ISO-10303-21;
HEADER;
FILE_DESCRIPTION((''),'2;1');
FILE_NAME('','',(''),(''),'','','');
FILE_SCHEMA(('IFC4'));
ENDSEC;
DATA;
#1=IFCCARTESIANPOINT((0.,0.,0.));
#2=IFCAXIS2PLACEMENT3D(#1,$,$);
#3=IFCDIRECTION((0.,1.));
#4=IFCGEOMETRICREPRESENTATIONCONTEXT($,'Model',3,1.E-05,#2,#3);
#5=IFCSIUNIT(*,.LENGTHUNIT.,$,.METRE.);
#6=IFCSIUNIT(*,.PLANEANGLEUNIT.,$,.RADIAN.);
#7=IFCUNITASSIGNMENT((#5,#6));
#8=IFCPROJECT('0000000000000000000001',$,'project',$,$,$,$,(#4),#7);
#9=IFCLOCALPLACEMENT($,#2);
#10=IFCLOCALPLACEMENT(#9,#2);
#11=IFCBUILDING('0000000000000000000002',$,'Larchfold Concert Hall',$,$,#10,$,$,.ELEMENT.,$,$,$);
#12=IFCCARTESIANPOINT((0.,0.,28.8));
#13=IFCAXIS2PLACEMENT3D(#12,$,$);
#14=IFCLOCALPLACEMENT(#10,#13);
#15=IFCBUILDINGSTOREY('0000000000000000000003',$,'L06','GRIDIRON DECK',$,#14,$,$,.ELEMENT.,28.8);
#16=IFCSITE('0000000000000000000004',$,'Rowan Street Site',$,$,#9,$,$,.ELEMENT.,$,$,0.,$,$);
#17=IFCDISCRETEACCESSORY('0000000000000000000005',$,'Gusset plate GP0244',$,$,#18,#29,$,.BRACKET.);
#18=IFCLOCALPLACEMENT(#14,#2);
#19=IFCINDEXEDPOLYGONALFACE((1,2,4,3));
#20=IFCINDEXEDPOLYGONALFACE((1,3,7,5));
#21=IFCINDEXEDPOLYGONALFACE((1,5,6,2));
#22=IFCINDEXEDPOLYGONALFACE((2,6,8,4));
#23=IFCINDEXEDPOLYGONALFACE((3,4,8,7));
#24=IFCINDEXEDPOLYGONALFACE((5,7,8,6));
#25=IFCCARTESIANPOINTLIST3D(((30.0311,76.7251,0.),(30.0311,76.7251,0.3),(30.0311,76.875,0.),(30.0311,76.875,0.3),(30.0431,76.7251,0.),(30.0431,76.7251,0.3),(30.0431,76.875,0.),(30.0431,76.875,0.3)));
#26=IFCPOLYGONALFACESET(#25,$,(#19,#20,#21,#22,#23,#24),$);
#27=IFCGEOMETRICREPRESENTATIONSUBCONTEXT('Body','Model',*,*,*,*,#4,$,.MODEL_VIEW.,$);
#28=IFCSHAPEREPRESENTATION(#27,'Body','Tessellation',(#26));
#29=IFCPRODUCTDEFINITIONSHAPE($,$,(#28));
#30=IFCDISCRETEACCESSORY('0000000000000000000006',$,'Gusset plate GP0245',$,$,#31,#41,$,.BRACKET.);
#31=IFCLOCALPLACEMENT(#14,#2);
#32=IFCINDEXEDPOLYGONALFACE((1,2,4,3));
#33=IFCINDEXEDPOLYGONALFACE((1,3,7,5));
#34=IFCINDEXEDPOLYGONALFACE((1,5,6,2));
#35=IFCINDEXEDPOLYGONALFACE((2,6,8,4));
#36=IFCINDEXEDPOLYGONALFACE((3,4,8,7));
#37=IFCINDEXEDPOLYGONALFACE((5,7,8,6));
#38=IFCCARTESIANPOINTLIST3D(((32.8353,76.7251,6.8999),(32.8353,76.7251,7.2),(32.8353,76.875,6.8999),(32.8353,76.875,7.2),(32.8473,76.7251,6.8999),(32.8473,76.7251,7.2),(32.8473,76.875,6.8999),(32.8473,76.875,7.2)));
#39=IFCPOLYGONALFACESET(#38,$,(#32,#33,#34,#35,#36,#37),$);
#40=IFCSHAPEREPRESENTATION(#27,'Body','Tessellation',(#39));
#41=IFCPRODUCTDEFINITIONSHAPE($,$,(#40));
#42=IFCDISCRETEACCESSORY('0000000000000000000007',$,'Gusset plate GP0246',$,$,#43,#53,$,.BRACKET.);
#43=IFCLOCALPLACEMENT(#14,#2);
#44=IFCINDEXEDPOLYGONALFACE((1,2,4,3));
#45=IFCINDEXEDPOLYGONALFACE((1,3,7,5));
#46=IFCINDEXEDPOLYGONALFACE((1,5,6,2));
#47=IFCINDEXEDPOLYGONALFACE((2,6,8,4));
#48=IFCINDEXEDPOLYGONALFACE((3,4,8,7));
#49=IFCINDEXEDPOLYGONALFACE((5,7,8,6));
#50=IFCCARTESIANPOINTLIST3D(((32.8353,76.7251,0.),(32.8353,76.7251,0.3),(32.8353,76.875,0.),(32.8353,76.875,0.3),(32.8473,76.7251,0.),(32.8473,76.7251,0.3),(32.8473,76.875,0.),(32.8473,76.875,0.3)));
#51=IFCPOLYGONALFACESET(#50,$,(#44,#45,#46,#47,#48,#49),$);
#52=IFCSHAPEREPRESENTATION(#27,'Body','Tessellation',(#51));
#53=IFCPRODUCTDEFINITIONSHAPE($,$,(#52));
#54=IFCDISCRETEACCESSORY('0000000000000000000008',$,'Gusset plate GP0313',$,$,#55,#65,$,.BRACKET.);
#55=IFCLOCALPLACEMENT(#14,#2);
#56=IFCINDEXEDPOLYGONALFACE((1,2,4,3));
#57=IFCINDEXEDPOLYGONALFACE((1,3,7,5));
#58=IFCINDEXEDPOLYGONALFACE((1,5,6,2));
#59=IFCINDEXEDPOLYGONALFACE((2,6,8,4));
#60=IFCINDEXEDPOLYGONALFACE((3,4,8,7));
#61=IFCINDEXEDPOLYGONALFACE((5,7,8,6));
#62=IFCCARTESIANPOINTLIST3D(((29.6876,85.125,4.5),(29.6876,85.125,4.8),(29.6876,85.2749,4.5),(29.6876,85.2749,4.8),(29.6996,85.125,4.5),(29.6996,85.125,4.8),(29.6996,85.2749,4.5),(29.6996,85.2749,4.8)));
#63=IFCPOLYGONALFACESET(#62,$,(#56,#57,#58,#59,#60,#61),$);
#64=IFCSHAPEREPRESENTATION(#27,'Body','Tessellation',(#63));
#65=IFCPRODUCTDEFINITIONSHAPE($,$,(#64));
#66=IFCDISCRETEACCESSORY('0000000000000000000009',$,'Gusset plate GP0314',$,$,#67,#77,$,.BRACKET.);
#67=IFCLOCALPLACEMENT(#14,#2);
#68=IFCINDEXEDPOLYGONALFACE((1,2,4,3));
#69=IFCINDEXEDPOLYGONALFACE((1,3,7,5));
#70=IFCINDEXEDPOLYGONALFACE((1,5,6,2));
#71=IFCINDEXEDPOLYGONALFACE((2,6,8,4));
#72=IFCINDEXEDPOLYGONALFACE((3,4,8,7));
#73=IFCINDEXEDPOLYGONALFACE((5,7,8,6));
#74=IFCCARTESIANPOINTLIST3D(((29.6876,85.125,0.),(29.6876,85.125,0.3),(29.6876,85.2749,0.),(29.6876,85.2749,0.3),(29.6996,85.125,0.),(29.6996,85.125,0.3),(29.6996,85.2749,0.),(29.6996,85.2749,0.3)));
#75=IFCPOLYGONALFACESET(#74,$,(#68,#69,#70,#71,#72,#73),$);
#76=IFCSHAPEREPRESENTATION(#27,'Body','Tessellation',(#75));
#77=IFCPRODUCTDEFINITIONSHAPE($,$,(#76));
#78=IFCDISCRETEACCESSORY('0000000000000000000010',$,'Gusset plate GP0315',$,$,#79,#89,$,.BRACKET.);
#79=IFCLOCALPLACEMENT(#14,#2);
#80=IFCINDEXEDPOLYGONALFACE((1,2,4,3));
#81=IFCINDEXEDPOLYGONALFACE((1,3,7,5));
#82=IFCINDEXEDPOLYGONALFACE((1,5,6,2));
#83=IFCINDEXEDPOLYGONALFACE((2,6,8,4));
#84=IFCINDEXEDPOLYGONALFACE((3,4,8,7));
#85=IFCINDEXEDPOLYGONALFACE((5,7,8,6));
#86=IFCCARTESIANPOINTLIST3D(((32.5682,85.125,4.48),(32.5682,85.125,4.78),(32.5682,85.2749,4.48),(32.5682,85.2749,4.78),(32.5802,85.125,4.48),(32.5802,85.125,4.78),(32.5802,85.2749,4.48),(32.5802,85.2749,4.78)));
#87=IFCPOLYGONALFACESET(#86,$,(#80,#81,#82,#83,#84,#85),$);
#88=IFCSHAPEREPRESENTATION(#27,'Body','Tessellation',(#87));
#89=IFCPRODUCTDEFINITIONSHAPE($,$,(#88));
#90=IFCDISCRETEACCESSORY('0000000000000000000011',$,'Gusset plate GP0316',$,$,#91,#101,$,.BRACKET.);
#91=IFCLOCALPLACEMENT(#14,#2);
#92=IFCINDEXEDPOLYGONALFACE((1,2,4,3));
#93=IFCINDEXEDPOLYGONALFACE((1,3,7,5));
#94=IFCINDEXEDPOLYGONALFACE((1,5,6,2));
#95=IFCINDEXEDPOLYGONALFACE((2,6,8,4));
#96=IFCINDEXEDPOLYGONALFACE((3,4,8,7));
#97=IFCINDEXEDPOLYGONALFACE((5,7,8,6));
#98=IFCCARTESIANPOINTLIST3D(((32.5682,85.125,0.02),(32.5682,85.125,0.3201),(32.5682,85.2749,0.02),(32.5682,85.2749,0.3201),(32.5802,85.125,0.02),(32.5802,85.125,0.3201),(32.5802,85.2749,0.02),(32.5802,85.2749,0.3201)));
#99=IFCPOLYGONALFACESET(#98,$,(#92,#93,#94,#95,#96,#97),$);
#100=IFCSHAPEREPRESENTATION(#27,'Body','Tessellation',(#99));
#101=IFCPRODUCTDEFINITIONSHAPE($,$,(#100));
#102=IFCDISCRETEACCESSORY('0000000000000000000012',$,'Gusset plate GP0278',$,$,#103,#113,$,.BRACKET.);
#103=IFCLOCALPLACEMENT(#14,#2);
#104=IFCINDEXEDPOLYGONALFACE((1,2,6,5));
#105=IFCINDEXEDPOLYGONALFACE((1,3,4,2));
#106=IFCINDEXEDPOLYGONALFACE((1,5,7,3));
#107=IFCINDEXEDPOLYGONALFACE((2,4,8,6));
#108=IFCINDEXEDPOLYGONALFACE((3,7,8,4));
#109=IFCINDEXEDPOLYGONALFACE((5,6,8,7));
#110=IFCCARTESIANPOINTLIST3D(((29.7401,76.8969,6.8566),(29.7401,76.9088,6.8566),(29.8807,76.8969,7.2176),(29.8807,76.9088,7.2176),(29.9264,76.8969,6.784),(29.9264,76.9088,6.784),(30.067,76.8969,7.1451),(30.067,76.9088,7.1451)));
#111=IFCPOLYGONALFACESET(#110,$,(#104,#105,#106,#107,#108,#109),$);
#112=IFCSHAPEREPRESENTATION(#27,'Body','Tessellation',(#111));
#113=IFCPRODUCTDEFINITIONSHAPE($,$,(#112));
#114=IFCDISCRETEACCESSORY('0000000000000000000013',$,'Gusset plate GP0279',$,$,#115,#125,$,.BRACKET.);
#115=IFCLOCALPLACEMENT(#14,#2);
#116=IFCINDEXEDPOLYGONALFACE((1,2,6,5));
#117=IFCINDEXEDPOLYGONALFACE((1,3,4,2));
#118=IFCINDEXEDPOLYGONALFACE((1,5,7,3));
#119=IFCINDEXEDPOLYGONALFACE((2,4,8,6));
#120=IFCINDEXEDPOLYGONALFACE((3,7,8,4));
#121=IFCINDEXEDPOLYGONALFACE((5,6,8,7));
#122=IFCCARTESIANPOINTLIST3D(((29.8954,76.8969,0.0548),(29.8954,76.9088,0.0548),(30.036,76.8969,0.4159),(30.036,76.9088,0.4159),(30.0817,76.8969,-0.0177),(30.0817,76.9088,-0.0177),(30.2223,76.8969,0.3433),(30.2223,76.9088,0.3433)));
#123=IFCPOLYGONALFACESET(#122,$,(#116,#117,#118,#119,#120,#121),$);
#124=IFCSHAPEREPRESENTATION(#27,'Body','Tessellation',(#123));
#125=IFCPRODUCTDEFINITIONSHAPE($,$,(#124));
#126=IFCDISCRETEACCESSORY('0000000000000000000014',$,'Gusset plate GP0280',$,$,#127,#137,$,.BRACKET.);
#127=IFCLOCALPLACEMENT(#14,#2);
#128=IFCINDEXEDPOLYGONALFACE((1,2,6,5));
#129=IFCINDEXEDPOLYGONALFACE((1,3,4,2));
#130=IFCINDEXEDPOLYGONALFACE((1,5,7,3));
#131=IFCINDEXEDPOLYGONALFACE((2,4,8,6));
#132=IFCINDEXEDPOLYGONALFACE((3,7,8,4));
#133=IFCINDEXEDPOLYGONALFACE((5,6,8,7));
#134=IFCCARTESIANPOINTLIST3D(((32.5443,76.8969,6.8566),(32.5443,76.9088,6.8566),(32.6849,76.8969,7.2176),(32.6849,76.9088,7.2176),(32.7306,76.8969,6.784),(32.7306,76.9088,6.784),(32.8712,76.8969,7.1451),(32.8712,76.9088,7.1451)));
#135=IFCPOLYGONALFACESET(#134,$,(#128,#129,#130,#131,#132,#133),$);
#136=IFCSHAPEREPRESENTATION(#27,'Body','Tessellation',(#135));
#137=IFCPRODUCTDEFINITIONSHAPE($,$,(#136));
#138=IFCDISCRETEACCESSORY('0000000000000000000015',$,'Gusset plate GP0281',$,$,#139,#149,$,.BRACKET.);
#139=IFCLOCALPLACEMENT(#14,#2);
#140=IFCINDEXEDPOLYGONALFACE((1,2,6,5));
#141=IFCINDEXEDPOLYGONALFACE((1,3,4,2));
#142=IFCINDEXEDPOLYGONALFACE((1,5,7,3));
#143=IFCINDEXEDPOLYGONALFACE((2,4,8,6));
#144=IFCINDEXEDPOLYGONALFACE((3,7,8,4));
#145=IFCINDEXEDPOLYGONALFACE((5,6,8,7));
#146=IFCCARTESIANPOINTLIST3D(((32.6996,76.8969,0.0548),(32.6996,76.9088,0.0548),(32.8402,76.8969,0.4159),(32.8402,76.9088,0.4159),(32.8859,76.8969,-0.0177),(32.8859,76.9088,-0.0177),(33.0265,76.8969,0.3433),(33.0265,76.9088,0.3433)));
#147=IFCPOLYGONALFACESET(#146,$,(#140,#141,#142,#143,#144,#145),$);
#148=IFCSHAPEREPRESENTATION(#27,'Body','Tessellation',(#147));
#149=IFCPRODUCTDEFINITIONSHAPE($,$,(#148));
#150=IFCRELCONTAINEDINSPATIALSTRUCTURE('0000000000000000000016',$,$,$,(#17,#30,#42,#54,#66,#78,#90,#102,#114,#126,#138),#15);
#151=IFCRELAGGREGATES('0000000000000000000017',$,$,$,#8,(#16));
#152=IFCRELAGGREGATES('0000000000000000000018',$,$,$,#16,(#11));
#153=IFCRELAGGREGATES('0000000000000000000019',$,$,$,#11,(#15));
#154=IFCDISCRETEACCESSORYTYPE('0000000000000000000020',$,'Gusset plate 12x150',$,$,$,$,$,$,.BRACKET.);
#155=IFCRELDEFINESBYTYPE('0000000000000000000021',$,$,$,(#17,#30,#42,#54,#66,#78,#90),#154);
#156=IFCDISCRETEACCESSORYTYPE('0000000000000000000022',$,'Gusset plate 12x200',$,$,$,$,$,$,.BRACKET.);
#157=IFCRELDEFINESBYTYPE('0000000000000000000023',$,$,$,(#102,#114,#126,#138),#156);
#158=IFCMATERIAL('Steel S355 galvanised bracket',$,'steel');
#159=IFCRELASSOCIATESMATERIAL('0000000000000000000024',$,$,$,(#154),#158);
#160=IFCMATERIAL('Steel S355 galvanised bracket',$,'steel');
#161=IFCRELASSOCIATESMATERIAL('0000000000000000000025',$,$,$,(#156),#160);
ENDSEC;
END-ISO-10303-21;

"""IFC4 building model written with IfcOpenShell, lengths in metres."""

from ifc_helpers import new_model, si_unit, direction, frame, origin, origin_2d, place, context, subcontext, project, spatial, rectangle, extrude, material, material_profile, profile_set, type_object, element, save


model = new_model("IFC4")

# Units and contexts
model_context = context("Model", 3, precision=1e-05, world=origin(), true_north=direction((0.0, 1.0)))
body_context = subcontext(model_context, "Body", "Model", "MODEL_VIEW")
ifc_project = project(units=[si_unit("LENGTHUNIT", "METRE"), si_unit("PLANEANGLEUNIT", "RADIAN")], contexts=[model_context])

# Site, building, storey
site_placement = place(None, origin())
site = spatial("IfcSite", under=ifc_project, at=site_placement, Name="Rowan Street Site", CompositionType="ELEMENT", RefElevation=0.0)
building_placement = place(site_placement, origin())
building = spatial("IfcBuilding", under=site, at=building_placement, Name="Larchfold Concert Hall", CompositionType="ELEMENT")
storey_placement = place(building_placement, frame((0.0, 0.0, 28.8)))
storey = spatial("IfcBuildingStorey", under=building, at=storey_placement, Name="L06", Description="GRIDIRON DECK", CompositionType="ELEMENT", Elevation=28.8)

# Discrete accessories
ifc_material_1 = material(Name="Steel S355 galvanised bracket", Category="steel")
ifc_material_profile_1 = material_profile(ifc_material_1, rectangle(XDim=0.012, YDim=0.1499, at=origin_2d()))
ifc_profile_set_1 = profile_set([ifc_material_profile_1], Name="Steel S355 galvanised bracket")
discrete_accessory_type_1 = type_object("IfcDiscreteAccessoryType", Name="Gusset plate 12x150", PredefinedType="BRACKET", material=ifc_profile_set_1)
for number, where, z_axis, x_axis, name in (
    (1, (30.0371, 76.8, 0.3), (0.0, 0.0, -1.0), (1.0, 0.0, 0.0), "Gusset plate GP0244"),
    (2, (32.8413, 76.8, 7.2), (0.0, 0.0, -1.0), (1.0, 0.0, 0.0), "Gusset plate GP0245"),
    (3, (32.8413, 76.8, 0.3), (0.0, 0.0, -1.0), (1.0, 0.0, 0.0), "Gusset plate GP0246"),
    (4, (29.6936, 85.2, 4.8), (0.0, 0.0, -1.0), (1.0, 0.0, 0.0), "Gusset plate GP0313"),
    (5, (29.6936, 85.2, 0.3), (0.0, 0.0, -1.0), (1.0, 0.0, 0.0), "Gusset plate GP0314"),
    (6, (32.5742, 85.2, 4.78), (0.0, 0.0, -1.0), (1.0, 0.0, 0.0), "Gusset plate GP0315"),
    (7, (32.5742, 85.2, 0.3201), (0.0, 0.0, -1.0), (1.0, 0.0, 0.0), "Gusset plate GP0316"),
):
    element("IfcDiscreteAccessory", number, at=place(storey_placement, frame(where, z_axis=z_axis, x_axis=x_axis)), inside=storey, type_object=discrete_accessory_type_1, Name=name, PredefinedType="BRACKET", context=body_context, shape_type="SweptSolid", body=[
        extrude(rectangle(XDim=0.012, YDim=0.1499, at=origin_2d()), origin(), (0.0, 0.0, 1.0), 0.3),
    ])
ifc_material_2 = material(Name="Steel S355 galvanised bracket", Category="steel")
ifc_material_profile_2 = material_profile(ifc_material_2, rectangle(XDim=0.012, YDim=0.2, at=origin_2d()))
ifc_profile_set_2 = profile_set([ifc_material_profile_2], Name="Steel S355 galvanised bracket")
discrete_accessory_type_2 = type_object("IfcDiscreteAccessoryType", Name="Gusset plate 12x200", PredefinedType="BRACKET", material=ifc_profile_set_2)
for number, where, z_axis, x_axis, name in (
    (8, (29.8333, 76.9028, 6.8203), (0.362902, 0.0, 0.931827), (0.0, 1.0, 0.0), "Gusset plate GP0278"),
    (9, (29.9885, 76.9028, 0.0186), (0.362902, 0.0, 0.931827), (0.0, 1.0, 0.0), "Gusset plate GP0279"),
    (10, (32.6375, 76.9028, 6.8203), (0.362902, 0.0, 0.931827), (0.0, 1.0, 0.0), "Gusset plate GP0280"),
    (11, (32.7927, 76.9028, 0.0186), (0.362902, 0.0, 0.931827), (0.0, 1.0, 0.0), "Gusset plate GP0281"),
):
    element("IfcDiscreteAccessory", number, at=place(storey_placement, frame(where, z_axis=z_axis, x_axis=x_axis)), inside=storey, type_object=discrete_accessory_type_2, Name=name, PredefinedType="BRACKET", context=body_context, shape_type="SweptSolid", body=[
        extrude(rectangle(XDim=0.012, YDim=0.2, at=origin_2d()), origin(), (0.0, 0.0, 1.0), 0.3875),
    ])

save(model, "model.ifc")
